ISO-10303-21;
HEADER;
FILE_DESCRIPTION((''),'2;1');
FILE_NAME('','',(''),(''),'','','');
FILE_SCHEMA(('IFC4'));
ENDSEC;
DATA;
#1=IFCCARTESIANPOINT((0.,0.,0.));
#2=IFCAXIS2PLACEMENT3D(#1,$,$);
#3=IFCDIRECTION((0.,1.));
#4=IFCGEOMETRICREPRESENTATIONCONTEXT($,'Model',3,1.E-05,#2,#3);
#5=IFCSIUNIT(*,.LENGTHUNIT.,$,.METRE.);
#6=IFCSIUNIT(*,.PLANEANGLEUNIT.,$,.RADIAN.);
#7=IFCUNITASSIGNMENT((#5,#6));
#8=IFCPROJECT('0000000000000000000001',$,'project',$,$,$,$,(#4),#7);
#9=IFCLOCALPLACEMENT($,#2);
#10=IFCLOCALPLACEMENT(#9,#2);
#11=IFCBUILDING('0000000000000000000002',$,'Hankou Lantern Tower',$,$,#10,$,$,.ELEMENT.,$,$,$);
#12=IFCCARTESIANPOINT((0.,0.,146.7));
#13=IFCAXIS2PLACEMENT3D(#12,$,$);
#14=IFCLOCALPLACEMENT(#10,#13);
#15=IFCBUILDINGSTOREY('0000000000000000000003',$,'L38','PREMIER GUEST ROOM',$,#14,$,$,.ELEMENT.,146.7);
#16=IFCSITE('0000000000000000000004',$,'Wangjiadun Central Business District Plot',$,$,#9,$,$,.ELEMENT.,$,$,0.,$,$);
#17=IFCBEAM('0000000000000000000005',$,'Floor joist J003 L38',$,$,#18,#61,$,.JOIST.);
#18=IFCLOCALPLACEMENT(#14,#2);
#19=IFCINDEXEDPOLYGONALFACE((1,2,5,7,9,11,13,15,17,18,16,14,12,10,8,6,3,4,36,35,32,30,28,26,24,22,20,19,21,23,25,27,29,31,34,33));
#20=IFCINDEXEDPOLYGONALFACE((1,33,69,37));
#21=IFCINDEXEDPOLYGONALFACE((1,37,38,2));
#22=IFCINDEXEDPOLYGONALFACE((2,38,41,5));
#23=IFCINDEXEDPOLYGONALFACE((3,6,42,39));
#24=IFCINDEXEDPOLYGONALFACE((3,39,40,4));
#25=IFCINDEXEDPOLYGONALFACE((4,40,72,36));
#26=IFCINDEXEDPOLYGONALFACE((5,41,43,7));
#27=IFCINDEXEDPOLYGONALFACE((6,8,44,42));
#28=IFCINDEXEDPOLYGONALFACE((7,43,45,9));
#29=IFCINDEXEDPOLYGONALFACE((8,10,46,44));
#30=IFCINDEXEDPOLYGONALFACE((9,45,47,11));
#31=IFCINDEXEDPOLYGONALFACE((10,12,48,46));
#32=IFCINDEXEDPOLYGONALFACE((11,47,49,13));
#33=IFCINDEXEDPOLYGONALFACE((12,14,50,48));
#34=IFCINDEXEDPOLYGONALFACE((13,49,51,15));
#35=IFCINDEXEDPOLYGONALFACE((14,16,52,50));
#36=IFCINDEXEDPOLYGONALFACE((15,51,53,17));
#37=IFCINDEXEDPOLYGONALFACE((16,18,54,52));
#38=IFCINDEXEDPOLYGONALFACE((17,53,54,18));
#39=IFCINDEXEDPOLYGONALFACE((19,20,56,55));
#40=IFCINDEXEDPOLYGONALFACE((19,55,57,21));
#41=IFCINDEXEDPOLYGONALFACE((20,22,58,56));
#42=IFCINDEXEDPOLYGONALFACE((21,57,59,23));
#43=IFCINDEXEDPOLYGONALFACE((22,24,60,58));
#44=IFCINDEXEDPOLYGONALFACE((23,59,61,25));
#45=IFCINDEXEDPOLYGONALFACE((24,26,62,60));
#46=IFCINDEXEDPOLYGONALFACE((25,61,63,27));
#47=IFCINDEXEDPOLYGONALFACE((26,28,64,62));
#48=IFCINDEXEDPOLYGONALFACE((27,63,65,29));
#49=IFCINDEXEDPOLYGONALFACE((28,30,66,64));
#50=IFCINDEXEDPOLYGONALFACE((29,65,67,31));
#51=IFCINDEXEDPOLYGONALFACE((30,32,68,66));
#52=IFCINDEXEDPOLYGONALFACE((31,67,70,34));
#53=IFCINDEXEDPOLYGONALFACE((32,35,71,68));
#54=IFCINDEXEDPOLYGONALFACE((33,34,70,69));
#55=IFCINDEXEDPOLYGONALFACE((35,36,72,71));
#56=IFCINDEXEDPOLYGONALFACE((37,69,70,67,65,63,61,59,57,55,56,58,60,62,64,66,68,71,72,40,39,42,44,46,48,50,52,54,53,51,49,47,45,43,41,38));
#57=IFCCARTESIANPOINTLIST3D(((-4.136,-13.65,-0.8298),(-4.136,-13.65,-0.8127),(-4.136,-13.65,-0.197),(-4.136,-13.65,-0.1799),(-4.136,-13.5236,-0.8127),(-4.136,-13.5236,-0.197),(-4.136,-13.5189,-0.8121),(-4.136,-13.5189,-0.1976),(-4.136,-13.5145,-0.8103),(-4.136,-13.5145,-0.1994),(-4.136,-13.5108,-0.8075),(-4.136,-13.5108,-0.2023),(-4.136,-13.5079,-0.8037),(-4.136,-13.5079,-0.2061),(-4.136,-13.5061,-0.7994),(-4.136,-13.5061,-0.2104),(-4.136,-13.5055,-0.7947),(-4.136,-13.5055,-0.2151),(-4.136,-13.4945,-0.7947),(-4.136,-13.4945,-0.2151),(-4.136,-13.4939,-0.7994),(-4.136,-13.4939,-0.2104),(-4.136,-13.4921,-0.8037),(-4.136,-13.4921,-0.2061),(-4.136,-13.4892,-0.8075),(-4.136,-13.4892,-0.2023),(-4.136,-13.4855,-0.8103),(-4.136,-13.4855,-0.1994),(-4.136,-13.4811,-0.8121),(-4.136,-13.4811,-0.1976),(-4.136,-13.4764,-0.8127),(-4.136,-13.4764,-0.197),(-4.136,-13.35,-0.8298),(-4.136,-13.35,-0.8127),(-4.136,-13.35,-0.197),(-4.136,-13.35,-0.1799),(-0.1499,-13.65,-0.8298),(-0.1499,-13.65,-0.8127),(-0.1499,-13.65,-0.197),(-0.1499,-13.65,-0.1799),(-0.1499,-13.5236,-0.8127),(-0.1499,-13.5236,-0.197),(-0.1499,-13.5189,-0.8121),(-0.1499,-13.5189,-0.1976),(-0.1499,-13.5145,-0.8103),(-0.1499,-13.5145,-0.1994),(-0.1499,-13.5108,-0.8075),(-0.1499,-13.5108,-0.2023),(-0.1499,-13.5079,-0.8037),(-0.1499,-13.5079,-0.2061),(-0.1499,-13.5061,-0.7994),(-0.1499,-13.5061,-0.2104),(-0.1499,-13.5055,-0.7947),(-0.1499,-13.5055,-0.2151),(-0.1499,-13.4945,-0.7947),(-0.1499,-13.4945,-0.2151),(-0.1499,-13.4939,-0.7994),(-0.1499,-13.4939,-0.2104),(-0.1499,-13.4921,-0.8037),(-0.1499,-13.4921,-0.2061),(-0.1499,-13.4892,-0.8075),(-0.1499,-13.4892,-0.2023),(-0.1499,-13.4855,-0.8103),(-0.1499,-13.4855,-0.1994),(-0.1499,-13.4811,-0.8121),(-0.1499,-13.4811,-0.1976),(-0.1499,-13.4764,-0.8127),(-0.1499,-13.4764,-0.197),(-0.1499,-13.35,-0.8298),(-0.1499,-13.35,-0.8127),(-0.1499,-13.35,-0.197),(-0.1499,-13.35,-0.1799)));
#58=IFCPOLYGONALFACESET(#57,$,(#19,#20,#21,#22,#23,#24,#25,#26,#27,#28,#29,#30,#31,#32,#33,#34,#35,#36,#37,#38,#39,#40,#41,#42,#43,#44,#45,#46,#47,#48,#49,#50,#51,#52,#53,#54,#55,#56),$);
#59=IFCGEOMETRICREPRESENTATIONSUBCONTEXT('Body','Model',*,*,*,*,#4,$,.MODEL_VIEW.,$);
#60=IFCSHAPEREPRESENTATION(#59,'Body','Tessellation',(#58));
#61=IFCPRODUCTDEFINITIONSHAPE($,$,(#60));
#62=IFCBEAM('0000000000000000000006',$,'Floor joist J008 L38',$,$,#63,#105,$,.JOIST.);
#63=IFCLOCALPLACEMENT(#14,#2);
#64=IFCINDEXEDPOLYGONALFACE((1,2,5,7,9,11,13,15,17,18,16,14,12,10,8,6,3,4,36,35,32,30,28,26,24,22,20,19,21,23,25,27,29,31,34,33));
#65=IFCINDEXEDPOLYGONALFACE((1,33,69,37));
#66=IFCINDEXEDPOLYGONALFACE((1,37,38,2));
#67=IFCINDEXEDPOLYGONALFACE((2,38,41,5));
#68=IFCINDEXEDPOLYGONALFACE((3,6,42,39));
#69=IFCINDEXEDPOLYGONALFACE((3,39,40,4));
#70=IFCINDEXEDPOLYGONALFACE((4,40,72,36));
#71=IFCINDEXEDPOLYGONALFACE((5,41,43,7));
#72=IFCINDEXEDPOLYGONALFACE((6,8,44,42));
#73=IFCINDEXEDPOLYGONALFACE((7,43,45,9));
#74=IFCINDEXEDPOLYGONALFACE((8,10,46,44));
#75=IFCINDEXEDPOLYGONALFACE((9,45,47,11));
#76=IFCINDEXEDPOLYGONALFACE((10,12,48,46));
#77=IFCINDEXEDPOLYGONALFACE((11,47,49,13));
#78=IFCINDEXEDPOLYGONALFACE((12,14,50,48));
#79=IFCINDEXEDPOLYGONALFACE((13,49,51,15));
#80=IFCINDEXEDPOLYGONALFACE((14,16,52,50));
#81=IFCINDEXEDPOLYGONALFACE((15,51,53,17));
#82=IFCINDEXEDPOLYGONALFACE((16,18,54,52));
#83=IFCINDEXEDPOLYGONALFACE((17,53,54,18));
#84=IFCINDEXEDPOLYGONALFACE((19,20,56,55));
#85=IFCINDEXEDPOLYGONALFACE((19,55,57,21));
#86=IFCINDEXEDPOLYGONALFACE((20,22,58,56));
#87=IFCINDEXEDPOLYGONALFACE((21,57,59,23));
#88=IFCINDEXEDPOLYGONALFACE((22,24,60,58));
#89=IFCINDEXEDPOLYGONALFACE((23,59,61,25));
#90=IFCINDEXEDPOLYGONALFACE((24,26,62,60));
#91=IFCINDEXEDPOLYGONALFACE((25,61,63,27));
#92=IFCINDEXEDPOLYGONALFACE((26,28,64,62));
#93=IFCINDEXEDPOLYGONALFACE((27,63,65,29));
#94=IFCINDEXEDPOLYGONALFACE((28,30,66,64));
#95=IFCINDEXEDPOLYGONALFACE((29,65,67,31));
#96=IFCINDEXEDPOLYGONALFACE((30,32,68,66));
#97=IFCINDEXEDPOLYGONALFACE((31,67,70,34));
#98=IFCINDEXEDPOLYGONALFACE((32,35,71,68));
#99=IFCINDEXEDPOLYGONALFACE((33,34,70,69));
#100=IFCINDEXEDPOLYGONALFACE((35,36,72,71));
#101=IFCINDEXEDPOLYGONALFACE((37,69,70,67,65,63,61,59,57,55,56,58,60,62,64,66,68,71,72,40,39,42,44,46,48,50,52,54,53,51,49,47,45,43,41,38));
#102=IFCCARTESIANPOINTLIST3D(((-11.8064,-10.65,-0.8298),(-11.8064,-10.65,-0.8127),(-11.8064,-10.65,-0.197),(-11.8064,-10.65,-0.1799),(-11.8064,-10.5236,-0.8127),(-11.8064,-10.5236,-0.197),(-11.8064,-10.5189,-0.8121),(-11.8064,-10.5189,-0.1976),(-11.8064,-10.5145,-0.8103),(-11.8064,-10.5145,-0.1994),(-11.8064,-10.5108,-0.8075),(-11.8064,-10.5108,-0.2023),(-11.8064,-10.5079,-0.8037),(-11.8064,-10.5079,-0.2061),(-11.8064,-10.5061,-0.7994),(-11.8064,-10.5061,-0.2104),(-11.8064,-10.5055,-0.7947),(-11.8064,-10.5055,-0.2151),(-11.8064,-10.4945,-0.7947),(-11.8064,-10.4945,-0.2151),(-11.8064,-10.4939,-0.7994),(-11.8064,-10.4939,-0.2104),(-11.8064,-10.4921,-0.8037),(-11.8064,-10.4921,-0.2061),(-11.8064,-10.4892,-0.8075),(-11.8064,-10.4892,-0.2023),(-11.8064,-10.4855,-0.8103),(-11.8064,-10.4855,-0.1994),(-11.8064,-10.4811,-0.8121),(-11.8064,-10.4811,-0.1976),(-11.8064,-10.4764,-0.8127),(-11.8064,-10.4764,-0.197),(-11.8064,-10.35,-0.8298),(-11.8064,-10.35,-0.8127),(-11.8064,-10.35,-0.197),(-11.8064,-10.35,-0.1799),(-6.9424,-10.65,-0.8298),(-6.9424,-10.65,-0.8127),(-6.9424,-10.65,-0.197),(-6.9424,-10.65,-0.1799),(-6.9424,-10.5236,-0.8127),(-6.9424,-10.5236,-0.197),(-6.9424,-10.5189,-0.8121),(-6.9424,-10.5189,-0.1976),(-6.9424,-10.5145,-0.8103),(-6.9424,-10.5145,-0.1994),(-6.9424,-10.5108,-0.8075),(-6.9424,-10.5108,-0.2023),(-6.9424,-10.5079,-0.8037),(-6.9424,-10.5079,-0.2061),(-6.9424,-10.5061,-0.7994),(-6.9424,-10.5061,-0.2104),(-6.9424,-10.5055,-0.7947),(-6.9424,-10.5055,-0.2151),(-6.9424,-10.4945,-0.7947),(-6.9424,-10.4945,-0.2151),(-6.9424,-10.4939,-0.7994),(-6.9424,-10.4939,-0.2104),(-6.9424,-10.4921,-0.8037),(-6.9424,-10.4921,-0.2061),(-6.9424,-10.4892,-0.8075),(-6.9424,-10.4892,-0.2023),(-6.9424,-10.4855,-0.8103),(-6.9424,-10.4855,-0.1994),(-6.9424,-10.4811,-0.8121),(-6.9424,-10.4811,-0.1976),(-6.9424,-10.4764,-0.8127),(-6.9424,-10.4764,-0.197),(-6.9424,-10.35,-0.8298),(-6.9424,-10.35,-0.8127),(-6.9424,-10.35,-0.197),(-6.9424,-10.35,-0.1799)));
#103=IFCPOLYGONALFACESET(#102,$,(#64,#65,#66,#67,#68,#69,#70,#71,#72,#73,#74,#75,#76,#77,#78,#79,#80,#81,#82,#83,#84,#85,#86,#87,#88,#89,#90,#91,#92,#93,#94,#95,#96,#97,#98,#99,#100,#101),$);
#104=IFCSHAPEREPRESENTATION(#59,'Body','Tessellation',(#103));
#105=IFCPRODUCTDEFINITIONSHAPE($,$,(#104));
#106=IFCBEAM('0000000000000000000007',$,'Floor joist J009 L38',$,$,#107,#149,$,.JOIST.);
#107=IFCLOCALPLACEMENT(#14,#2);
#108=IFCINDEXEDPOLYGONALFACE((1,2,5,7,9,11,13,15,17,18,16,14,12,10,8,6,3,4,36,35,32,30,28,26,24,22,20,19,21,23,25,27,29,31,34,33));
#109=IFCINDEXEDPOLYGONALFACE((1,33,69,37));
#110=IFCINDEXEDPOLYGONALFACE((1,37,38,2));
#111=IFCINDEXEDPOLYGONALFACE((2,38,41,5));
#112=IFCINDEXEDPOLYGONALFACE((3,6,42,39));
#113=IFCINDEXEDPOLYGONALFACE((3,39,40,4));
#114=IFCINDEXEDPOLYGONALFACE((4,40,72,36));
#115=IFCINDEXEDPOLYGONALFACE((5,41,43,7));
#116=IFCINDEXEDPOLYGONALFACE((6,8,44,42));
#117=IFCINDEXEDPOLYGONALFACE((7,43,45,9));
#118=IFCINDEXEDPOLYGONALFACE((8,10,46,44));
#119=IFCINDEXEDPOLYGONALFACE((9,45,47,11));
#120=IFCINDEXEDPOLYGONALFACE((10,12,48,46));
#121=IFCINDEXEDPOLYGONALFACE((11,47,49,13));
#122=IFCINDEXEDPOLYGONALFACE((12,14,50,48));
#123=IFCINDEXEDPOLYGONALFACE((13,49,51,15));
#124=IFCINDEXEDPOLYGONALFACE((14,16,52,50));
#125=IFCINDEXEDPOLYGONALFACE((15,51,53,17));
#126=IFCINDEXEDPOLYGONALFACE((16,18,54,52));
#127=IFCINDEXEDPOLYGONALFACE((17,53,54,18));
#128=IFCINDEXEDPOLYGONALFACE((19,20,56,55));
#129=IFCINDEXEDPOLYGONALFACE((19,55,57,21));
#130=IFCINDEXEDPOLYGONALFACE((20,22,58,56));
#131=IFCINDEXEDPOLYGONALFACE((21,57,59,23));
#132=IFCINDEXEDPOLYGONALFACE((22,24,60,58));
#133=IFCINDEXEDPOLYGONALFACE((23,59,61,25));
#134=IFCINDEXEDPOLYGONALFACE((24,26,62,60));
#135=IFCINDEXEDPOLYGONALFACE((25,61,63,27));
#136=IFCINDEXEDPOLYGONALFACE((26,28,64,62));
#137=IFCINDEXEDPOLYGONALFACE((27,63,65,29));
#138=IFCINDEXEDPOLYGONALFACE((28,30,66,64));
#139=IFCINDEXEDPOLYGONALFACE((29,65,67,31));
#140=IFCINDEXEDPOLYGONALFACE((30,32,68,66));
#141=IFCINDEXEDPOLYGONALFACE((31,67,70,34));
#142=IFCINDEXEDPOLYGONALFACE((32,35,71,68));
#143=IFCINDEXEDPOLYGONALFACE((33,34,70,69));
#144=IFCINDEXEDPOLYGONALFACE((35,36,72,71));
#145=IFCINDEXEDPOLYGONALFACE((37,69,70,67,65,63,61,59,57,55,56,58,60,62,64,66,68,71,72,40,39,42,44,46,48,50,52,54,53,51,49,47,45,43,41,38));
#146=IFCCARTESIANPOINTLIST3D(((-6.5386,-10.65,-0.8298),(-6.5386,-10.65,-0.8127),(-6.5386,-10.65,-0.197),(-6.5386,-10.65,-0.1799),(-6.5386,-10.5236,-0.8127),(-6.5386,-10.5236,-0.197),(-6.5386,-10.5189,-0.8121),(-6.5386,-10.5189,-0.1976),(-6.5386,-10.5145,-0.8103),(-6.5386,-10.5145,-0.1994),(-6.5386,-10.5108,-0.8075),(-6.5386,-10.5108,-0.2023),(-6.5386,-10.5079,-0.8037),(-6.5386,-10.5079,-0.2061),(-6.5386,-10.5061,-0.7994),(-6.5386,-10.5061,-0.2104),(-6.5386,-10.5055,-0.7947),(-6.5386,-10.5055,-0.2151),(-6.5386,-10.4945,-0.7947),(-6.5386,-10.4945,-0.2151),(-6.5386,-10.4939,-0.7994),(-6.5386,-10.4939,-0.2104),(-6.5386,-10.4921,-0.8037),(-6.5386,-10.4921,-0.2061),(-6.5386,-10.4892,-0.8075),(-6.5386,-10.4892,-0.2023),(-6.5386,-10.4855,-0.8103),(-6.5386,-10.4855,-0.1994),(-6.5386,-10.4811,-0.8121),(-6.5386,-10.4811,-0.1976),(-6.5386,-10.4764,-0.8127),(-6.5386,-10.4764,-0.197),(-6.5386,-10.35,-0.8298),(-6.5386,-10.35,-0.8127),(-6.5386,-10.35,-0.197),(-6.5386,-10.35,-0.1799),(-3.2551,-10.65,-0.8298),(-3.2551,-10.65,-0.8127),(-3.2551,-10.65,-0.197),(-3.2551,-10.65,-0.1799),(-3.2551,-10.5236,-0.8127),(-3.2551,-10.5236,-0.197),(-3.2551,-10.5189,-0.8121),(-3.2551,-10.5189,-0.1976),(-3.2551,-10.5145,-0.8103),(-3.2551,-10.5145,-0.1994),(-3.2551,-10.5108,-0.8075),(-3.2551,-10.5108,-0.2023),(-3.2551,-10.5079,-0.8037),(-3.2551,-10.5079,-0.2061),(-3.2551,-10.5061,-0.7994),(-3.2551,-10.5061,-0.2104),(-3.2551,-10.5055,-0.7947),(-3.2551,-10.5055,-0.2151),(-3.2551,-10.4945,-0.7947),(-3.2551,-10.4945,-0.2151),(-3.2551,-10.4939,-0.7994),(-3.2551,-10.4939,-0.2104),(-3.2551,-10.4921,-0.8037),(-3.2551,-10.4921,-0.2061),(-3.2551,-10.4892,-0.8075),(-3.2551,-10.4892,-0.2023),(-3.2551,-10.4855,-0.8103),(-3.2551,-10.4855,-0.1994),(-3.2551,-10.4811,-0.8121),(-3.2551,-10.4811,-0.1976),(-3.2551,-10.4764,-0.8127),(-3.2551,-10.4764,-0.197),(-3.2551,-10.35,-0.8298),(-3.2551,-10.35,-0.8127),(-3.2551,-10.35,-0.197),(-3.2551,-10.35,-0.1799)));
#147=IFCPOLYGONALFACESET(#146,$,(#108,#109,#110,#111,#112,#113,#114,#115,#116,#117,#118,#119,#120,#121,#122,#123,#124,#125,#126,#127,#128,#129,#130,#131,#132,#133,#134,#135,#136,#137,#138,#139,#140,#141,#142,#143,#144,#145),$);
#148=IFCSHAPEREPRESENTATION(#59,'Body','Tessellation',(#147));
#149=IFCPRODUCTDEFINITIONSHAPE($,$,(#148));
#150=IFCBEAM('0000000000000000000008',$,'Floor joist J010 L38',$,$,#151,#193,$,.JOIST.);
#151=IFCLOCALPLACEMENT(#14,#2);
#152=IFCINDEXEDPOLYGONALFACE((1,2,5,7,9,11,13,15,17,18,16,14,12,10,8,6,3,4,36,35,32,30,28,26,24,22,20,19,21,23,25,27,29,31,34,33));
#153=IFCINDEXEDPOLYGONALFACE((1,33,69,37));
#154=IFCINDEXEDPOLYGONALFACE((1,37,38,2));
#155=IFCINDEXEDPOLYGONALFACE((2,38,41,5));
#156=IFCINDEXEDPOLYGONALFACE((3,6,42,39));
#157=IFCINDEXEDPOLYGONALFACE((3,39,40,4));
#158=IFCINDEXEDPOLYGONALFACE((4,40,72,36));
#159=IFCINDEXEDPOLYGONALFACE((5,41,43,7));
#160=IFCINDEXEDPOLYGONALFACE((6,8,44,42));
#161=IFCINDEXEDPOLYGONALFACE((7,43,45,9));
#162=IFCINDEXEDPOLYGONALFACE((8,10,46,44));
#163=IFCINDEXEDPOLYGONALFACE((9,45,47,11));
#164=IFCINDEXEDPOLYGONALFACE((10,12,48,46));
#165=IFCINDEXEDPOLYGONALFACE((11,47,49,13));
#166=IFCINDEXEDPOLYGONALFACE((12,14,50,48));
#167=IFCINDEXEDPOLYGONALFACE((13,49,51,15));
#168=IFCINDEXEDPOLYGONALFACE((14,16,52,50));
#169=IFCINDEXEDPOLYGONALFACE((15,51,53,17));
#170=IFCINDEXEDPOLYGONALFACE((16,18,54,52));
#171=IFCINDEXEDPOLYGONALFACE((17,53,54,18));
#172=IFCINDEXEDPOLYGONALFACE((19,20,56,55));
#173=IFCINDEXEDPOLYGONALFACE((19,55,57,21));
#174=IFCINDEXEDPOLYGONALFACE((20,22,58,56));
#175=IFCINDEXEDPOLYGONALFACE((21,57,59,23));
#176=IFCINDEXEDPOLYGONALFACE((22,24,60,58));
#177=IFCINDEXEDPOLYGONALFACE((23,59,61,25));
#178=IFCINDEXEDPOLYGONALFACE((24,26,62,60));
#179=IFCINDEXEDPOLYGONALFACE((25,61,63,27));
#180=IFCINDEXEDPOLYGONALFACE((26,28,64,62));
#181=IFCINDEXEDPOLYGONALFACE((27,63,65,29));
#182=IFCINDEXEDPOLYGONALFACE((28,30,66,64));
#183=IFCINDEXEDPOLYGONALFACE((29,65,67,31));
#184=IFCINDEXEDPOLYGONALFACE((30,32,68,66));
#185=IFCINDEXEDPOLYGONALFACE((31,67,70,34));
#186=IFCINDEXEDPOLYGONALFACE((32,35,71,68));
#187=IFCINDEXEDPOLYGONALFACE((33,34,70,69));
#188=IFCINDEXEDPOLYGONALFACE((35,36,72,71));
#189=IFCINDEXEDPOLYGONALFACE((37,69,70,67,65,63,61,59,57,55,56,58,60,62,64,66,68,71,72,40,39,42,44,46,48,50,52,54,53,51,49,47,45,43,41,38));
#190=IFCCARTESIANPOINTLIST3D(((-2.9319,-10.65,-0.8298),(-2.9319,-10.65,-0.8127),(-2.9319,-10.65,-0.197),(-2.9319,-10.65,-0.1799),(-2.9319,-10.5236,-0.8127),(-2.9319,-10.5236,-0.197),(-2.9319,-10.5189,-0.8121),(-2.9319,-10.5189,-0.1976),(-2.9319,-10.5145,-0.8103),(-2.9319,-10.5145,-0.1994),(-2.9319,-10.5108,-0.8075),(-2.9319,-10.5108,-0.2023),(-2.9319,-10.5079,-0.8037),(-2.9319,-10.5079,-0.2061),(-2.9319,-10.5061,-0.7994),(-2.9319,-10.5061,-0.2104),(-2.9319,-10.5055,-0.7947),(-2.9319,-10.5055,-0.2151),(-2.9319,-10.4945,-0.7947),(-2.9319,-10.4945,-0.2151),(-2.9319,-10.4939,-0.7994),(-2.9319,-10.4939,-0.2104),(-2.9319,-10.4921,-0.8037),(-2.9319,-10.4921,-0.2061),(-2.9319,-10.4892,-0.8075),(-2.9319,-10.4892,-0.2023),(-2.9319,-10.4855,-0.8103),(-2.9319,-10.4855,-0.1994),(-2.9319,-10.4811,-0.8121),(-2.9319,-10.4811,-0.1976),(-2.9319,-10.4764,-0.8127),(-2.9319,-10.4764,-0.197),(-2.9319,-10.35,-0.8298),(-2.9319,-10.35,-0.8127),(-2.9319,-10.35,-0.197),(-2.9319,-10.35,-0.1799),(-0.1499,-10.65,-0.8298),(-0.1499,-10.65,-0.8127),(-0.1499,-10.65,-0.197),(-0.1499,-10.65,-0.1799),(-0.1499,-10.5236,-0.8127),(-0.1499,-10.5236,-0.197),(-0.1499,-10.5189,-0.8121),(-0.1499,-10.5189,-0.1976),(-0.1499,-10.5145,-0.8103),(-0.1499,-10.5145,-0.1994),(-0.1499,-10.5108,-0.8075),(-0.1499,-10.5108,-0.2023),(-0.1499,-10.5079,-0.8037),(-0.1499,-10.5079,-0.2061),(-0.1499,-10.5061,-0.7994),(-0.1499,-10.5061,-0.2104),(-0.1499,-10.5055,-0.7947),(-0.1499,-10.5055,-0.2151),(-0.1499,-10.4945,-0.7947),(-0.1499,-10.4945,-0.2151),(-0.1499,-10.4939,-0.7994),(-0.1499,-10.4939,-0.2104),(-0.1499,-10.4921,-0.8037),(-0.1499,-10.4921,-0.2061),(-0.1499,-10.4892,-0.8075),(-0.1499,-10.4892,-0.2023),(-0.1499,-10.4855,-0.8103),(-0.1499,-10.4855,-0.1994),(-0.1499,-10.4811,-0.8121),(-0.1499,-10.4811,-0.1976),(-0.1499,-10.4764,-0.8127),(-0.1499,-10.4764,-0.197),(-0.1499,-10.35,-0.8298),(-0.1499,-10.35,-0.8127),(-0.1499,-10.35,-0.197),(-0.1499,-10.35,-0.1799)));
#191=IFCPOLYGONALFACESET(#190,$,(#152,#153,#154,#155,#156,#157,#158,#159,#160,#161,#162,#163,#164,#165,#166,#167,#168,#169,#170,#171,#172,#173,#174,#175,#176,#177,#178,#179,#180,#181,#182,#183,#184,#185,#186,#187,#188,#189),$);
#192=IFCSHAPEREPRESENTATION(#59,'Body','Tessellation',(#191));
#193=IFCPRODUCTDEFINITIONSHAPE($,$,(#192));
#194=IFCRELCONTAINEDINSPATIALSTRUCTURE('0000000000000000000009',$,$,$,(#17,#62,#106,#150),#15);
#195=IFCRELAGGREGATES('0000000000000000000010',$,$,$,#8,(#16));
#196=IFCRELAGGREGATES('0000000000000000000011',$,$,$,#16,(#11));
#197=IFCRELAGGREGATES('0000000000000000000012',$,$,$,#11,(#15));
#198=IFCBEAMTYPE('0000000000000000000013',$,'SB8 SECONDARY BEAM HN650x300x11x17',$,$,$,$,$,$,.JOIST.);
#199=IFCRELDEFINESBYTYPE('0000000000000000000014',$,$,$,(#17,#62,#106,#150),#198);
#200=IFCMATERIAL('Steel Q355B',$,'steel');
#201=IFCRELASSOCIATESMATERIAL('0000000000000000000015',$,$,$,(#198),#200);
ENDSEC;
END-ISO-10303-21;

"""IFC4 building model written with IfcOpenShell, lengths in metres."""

from ifc_helpers import new_model, si_unit, direction, frame, origin, origin_2d, place, context, subcontext, project, spatial, i_section, extrude, material, material_profile, profile_set, type_object, element, save


model = new_model("IFC4")

# Units and contexts
model_context = context("Model", 3, precision=1e-05, world=origin(), true_north=direction((0.0, 1.0)))
body_context = subcontext(model_context, "Body", "Model", "MODEL_VIEW")
ifc_project = project(units=[si_unit("LENGTHUNIT", "METRE"), si_unit("PLANEANGLEUNIT", "RADIAN")], contexts=[model_context])

# Site, building, storey
site_placement = place(None, origin())
site = spatial("IfcSite", under=ifc_project, at=site_placement, Name="Wangjiadun Central Business District Plot", CompositionType="ELEMENT", RefElevation=0.0)
building_placement = place(site_placement, origin())
building = spatial("IfcBuilding", under=site, at=building_placement, Name="Hankou Lantern Tower", CompositionType="ELEMENT")
storey_placement = place(building_placement, frame((0.0, 0.0, 146.7)))
storey = spatial("IfcBuildingStorey", under=building, at=storey_placement, Name="L38", Description="PREMIER GUEST ROOM", CompositionType="ELEMENT", Elevation=146.7)

# Beams
ifc_material_1 = material(Name="Steel Q355B", Category="steel")
ifc_material_profile_1 = material_profile(ifc_material_1, i_section(OverallWidth=0.3, OverallDepth=0.6499, WebThickness=0.011, FlangeThickness=0.0171, FilletRadius=0.0181, at=origin_2d()), Name="HN650x300x11x17")
ifc_profile_set_1 = profile_set([ifc_material_profile_1], Name="Steel Q355B")
beam_type_1 = type_object("IfcBeamType", Name="SB8 SECONDARY BEAM HN650x300x11x17", PredefinedType="JOIST", material=ifc_profile_set_1)
beam_1_placement = place(storey_placement, frame((-4.136, -13.5, -0.5049), z_axis=(1.0, 0.0, 0.0), x_axis=(0.0, 1.0, 0.0)))
element("IfcBeam", 1, at=beam_1_placement, inside=storey, type_object=beam_type_1, Name="Floor joist J003 L38", PredefinedType="JOIST", context=body_context, shape_type="SweptSolid", body=[
    extrude(i_section(OverallWidth=0.3, OverallDepth=0.6499, WebThickness=0.011, FlangeThickness=0.0171, FilletRadius=0.0181, at=origin_2d()), origin(), (0.0, 0.0, 1.0), 3.9861),
])
beam_2_placement = place(storey_placement, frame((-11.8064, -10.5, -0.5049), z_axis=(1.0, 0.0, 0.0), x_axis=(0.0, 1.0, 0.0)))
element("IfcBeam", 2, at=beam_2_placement, inside=storey, type_object=beam_type_1, Name="Floor joist J008 L38", PredefinedType="JOIST", context=body_context, shape_type="SweptSolid", body=[
    extrude(i_section(OverallWidth=0.3, OverallDepth=0.6499, WebThickness=0.011, FlangeThickness=0.0171, FilletRadius=0.0181, at=origin_2d()), origin(), (0.0, 0.0, 1.0), 4.864),
])
beam_3_placement = place(storey_placement, frame((-6.5386, -10.5, -0.5049), z_axis=(1.0, 0.0, 0.0), x_axis=(0.0, 1.0, 0.0)))
element("IfcBeam", 3, at=beam_3_placement, inside=storey, type_object=beam_type_1, Name="Floor joist J009 L38", PredefinedType="JOIST", context=body_context, shape_type="SweptSolid", body=[
    extrude(i_section(OverallWidth=0.3, OverallDepth=0.6499, WebThickness=0.011, FlangeThickness=0.0171, FilletRadius=0.0181, at=origin_2d()), origin(), (0.0, 0.0, 1.0), 3.2834),
])
beam_4_placement = place(storey_placement, frame((-2.9319, -10.5, -0.5049), z_axis=(1.0, 0.0, 0.0), x_axis=(0.0, 1.0, 0.0)))
element("IfcBeam", 4, at=beam_4_placement, inside=storey, type_object=beam_type_1, Name="Floor joist J010 L38", PredefinedType="JOIST", context=body_context, shape_type="SweptSolid", body=[
    extrude(i_section(OverallWidth=0.3, OverallDepth=0.6499, WebThickness=0.011, FlangeThickness=0.0171, FilletRadius=0.0181, at=origin_2d()), origin(), (0.0, 0.0, 1.0), 2.782),
])

save(model, "model.ifc")
